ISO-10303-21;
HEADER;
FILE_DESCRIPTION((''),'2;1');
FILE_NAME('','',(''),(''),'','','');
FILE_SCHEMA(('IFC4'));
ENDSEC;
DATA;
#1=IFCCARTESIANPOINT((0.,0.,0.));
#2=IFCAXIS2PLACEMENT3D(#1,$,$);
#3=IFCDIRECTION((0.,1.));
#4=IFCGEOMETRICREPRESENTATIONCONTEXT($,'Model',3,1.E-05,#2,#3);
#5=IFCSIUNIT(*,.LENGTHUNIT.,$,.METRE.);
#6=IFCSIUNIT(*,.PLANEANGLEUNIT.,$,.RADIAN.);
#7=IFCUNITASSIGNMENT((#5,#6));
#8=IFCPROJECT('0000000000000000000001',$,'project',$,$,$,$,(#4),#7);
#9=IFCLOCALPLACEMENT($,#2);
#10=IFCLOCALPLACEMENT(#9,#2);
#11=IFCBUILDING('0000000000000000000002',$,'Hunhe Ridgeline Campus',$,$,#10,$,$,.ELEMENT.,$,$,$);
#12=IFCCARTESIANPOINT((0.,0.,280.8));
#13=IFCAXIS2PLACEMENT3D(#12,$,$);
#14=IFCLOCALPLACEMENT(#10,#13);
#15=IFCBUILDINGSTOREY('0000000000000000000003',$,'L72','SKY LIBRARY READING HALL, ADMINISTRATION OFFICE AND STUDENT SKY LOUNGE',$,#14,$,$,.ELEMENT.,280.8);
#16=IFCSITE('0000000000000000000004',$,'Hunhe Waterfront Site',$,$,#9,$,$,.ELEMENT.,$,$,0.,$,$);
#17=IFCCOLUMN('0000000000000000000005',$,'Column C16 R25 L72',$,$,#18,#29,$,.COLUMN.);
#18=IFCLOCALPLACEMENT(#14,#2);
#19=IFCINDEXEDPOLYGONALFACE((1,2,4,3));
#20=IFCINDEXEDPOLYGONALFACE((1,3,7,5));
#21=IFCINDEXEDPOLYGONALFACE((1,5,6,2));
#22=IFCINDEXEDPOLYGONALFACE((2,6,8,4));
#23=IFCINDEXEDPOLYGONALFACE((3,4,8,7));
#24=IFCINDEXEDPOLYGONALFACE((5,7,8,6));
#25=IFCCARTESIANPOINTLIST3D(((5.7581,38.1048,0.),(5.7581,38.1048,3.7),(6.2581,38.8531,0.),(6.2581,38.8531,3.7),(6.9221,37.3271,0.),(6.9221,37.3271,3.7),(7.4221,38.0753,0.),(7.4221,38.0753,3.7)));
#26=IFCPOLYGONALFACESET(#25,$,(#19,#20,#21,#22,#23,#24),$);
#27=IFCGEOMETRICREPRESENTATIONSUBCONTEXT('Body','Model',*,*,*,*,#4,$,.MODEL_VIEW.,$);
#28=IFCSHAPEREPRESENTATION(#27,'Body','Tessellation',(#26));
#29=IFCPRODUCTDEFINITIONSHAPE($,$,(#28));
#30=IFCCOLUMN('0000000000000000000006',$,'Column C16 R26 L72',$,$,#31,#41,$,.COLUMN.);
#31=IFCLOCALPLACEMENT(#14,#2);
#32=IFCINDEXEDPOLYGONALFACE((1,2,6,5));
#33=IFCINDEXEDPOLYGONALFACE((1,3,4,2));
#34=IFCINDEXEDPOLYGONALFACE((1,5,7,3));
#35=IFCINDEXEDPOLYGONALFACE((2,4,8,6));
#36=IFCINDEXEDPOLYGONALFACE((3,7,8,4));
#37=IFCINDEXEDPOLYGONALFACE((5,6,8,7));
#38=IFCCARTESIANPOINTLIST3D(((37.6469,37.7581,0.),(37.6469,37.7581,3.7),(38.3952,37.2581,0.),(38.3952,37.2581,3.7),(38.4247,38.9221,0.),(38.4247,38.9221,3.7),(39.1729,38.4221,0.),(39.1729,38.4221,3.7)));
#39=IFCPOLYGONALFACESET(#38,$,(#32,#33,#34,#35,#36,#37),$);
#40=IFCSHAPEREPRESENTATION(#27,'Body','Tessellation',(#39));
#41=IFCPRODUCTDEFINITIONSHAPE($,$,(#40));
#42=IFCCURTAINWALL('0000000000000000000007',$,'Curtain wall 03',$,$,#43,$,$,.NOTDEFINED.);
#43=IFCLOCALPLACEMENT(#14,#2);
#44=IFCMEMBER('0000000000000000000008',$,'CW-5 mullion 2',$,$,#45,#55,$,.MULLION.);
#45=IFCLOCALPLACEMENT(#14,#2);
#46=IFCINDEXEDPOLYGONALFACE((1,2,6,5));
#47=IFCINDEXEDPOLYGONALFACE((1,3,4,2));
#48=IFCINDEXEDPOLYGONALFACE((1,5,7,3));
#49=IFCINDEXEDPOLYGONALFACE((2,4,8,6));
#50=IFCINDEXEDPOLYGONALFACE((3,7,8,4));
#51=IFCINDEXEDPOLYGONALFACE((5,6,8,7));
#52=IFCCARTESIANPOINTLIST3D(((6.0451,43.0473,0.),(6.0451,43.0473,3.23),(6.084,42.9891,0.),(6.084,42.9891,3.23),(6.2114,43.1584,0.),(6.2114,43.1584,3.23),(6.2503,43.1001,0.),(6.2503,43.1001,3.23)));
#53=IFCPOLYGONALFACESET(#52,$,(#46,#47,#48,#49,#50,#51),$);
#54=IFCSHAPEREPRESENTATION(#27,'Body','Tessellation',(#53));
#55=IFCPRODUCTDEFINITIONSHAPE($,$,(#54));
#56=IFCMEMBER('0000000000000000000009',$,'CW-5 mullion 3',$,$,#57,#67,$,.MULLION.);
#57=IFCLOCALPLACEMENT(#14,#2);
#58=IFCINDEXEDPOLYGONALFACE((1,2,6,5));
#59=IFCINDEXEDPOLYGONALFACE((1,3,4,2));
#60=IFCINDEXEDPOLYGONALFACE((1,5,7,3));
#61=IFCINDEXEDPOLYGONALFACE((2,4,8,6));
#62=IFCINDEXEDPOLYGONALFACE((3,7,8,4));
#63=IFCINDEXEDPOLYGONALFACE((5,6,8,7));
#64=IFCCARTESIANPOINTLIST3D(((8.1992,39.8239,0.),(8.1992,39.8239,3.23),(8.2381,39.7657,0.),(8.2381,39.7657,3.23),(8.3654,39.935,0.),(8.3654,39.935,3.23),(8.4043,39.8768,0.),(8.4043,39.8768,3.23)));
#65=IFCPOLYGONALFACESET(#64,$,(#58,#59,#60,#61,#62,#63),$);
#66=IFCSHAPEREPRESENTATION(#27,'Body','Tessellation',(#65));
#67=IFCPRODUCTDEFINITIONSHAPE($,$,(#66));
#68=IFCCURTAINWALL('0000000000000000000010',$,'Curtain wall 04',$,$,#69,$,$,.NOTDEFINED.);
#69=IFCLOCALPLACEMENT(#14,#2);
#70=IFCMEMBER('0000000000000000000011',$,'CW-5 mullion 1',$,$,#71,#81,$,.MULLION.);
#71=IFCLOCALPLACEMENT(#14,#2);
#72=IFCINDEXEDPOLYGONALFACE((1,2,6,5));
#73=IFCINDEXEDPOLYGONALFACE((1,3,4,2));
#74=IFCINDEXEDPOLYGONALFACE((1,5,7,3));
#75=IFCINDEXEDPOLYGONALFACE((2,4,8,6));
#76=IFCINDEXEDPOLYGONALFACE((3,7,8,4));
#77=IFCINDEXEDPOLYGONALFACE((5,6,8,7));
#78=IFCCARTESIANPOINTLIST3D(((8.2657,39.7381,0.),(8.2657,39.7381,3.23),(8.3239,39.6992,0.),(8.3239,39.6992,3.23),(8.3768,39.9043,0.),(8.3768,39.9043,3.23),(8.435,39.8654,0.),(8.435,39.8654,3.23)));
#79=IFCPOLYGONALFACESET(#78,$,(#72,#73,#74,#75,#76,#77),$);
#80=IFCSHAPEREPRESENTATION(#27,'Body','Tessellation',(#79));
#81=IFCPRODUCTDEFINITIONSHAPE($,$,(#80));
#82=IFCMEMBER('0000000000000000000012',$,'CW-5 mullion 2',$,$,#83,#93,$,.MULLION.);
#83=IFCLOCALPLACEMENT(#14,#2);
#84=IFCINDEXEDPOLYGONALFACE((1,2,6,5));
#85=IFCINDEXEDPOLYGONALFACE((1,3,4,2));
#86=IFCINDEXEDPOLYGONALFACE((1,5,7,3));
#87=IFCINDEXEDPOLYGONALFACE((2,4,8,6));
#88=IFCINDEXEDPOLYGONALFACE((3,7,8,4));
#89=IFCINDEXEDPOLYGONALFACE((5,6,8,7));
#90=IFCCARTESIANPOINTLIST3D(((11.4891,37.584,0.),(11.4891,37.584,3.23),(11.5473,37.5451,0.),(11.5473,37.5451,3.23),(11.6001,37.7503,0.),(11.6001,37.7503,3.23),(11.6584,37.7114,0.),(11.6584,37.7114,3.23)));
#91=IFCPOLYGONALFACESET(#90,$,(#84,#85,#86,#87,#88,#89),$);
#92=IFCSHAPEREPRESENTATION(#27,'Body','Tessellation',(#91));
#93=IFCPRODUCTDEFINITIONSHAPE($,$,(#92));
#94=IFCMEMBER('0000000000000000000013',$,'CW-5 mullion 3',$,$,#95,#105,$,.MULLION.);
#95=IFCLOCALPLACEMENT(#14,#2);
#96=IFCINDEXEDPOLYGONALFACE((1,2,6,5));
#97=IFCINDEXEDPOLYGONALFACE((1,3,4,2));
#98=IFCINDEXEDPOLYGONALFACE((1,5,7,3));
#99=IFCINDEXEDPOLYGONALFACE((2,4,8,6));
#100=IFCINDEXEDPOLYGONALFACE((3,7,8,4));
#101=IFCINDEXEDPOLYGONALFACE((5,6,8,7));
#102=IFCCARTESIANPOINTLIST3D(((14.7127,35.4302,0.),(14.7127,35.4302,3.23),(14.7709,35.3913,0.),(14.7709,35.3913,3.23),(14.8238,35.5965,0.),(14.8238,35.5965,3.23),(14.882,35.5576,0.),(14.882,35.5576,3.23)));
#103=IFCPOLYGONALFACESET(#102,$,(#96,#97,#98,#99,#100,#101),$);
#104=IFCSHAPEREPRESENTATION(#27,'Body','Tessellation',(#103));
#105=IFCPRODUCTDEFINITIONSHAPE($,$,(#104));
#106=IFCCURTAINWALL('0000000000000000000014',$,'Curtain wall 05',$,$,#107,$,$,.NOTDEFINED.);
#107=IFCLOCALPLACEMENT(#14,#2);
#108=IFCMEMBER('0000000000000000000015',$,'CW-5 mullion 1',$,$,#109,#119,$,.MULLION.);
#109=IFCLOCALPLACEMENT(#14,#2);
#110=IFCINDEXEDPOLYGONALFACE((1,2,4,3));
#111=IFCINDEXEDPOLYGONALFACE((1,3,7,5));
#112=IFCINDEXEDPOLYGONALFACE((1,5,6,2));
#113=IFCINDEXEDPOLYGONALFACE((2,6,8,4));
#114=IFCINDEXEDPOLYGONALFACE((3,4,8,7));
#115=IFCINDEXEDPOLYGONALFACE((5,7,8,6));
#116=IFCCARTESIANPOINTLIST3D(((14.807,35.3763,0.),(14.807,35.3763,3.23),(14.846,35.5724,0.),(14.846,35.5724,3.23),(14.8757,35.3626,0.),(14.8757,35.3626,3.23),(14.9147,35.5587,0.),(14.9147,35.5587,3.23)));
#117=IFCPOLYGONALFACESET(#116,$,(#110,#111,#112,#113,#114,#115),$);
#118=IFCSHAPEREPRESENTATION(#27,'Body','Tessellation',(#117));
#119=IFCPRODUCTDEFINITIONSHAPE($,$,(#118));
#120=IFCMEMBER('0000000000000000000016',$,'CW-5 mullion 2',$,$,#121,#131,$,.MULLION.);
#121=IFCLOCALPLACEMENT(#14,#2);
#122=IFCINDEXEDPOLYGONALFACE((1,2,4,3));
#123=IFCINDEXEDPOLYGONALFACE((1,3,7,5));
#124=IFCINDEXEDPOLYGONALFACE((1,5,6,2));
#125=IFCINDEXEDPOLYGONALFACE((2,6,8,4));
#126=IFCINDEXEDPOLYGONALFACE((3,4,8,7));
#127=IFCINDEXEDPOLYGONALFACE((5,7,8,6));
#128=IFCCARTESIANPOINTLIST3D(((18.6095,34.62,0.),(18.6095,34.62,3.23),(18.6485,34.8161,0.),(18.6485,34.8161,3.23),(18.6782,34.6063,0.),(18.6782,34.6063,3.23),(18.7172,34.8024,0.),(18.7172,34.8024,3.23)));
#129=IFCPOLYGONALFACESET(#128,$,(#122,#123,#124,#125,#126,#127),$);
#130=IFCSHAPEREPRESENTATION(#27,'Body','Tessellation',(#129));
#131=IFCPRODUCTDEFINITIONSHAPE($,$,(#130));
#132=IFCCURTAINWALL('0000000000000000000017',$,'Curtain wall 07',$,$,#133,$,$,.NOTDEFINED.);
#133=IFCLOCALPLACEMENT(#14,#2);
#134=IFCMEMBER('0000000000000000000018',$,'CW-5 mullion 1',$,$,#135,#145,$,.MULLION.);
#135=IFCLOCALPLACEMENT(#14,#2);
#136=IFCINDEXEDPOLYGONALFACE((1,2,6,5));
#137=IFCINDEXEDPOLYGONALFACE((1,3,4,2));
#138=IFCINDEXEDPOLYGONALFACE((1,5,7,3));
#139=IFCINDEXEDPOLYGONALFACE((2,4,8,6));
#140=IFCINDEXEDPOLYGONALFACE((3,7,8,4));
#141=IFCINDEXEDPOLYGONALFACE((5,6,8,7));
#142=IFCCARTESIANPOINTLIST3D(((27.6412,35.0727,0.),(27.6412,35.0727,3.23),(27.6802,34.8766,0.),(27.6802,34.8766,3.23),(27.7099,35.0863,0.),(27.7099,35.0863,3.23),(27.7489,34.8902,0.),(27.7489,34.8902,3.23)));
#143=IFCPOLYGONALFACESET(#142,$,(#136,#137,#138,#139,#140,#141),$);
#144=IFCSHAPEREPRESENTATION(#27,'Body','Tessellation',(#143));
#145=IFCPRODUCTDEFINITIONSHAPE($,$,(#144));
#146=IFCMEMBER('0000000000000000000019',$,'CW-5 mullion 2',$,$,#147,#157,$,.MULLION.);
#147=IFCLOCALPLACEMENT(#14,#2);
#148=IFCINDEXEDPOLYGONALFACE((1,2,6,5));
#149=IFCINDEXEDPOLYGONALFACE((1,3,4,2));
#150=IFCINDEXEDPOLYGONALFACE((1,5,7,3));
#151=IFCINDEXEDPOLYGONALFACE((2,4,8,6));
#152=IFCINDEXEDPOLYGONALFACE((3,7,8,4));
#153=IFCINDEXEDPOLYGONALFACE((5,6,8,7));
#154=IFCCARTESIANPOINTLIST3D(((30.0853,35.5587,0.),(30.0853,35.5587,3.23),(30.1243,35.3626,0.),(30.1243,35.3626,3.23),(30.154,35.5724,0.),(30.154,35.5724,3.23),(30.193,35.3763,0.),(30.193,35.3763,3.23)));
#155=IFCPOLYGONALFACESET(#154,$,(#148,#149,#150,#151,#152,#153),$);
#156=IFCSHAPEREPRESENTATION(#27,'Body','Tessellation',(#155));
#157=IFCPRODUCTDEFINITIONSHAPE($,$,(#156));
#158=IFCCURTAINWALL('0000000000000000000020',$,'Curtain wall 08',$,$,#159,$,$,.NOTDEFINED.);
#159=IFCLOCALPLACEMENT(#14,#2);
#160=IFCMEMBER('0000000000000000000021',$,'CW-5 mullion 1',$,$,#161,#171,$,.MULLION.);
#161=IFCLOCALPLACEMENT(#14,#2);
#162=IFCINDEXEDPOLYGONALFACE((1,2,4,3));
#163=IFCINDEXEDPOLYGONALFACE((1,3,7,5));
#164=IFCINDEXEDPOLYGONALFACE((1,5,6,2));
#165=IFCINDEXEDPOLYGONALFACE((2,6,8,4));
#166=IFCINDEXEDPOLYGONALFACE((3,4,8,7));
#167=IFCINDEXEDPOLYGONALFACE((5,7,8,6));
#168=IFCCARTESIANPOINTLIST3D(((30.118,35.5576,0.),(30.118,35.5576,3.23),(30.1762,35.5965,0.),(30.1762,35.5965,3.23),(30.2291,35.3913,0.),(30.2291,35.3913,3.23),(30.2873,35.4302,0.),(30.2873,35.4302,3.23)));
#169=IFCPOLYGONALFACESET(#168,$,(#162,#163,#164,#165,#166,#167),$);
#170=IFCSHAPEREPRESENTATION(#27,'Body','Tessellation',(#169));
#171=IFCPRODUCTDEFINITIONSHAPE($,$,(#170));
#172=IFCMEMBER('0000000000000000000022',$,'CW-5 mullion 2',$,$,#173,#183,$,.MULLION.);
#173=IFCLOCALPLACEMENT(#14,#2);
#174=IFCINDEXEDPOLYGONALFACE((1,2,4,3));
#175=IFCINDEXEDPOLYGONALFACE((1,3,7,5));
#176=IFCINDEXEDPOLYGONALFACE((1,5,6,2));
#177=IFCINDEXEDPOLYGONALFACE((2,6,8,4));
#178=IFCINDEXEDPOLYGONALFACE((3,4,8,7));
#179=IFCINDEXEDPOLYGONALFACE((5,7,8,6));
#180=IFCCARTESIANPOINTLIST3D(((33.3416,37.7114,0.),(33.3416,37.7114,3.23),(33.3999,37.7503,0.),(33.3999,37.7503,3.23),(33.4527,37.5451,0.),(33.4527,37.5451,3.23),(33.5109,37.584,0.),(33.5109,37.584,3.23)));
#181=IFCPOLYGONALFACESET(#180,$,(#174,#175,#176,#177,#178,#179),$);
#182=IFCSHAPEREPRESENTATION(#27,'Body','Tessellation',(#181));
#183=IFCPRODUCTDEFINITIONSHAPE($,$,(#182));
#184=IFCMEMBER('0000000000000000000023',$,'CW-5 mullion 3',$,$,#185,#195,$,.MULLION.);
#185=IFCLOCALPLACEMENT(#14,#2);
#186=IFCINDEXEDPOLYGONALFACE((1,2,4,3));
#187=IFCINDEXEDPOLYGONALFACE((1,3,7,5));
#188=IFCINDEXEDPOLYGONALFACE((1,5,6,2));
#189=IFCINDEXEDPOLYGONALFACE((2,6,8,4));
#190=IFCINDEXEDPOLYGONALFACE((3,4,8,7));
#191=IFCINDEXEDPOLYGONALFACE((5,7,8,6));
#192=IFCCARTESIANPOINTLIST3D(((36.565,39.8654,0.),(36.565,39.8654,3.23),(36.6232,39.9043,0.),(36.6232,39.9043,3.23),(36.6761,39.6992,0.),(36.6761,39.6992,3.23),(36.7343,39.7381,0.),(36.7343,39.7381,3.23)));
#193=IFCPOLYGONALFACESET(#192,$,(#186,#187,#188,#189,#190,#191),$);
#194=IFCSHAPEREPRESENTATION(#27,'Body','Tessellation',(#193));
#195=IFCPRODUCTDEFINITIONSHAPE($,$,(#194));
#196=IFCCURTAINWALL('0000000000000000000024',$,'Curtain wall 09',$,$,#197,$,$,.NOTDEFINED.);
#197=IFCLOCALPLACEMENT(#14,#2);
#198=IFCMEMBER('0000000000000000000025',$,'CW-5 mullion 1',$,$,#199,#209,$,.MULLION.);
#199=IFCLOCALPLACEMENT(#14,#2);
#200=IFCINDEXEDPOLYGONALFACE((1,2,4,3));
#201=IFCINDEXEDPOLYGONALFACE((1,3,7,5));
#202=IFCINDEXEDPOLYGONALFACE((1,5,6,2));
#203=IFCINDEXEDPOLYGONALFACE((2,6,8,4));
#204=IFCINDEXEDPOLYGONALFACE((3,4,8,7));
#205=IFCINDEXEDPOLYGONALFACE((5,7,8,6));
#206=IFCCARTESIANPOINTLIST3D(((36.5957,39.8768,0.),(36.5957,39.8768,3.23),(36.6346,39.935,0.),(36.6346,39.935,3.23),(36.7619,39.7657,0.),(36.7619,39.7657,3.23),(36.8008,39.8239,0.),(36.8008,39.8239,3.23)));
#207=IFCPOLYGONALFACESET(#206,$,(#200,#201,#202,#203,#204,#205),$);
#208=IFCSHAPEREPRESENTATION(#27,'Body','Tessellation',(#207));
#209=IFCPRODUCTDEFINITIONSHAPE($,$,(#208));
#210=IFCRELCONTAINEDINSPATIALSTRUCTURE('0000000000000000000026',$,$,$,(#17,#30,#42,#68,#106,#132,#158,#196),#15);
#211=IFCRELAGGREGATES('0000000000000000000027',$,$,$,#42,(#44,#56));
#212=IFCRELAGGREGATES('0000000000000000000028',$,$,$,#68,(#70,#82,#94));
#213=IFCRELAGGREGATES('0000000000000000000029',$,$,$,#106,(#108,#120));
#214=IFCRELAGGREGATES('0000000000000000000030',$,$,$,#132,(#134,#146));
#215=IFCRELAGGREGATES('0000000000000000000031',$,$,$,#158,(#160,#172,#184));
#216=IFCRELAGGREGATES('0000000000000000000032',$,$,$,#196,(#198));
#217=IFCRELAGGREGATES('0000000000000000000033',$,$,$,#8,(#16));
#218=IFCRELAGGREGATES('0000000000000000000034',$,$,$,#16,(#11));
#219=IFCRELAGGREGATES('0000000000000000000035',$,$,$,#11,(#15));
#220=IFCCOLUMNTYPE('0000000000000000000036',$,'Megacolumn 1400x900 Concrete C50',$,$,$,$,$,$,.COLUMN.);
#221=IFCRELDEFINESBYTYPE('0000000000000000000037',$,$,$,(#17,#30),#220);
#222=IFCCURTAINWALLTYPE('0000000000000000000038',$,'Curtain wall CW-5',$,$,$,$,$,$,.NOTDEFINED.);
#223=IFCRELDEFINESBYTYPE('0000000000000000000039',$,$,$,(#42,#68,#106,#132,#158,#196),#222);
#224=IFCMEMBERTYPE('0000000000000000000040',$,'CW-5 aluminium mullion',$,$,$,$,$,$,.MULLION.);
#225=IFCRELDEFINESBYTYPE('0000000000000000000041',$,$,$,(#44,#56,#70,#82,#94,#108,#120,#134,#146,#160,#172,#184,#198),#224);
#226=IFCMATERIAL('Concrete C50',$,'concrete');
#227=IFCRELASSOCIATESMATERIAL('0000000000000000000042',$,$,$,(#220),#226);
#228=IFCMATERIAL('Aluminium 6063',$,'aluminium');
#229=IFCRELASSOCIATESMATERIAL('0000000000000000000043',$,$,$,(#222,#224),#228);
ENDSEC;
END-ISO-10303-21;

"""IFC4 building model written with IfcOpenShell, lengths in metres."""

from ifc_helpers import new_model, si_unit, direction, frame, origin, origin_2d, place, context, subcontext, project, spatial, rectangle, extrude, material, material_profile, profile_set, type_object, element, aggregate, save


model = new_model("IFC4")

# Units and contexts
model_context = context("Model", 3, precision=1e-05, world=origin(), true_north=direction((0.0, 1.0)))
body_context = subcontext(model_context, "Body", "Model", "MODEL_VIEW")
ifc_project = project(units=[si_unit("LENGTHUNIT", "METRE"), si_unit("PLANEANGLEUNIT", "RADIAN")], contexts=[model_context])

# Site, building, storey
site_placement = place(None, origin())
site = spatial("IfcSite", under=ifc_project, at=site_placement, Name="Hunhe Waterfront Site", CompositionType="ELEMENT", RefElevation=0.0)
building_placement = place(site_placement, origin())
building = spatial("IfcBuilding", under=site, at=building_placement, Name="Hunhe Ridgeline Campus", CompositionType="ELEMENT")
storey_placement = place(building_placement, frame((0.0, 0.0, 280.8)))
storey = spatial("IfcBuildingStorey", under=building, at=storey_placement, Name="L72", Description="SKY LIBRARY READING HALL, ADMINISTRATION OFFICE AND STUDENT SKY LOUNGE", CompositionType="ELEMENT", Elevation=280.8)

# Columns
ifc_material_1 = material(Name="Concrete C50", Category="concrete")
ifc_material_profile_1 = material_profile(ifc_material_1, rectangle(XDim=1.3999, YDim=0.8999, at=origin_2d()))
ifc_profile_set_1 = profile_set([ifc_material_profile_1], Name="Concrete C50")
column_type = type_object("IfcColumnType", Name="Megacolumn 1400x900 Concrete C50", PredefinedType="COLUMN", material=ifc_profile_set_1)
for number, where, z_axis, x_axis, name in (
    (1, (6.5901, 38.0901, 0.0), (0.0, 0.0, 1.0), (-0.83147, 0.55557, 0.0), "Column C16 R25 L72"),
    (2, (38.4099, 38.0901, 0.0), (0.0, 0.0, 1.0), (0.55557, 0.83147, 0.0), "Column C16 R26 L72"),
):
    element("IfcColumn", number, at=place(storey_placement, frame(where, z_axis=z_axis, x_axis=x_axis)), inside=storey, type_object=column_type, Name=name, PredefinedType="COLUMN", context=body_context, shape_type="SweptSolid", body=[
        extrude(rectangle(XDim=1.3999, YDim=0.8999, at=origin_2d()), origin(), (0.0, 0.0, 1.0), 3.7),
    ])

# Curtain walls, members
ifc_material_2 = material(Name="Aluminium 6063", Category="aluminium")
curtain_wall_type = type_object("IfcCurtainWallType", Name="Curtain wall CW-5", PredefinedType="NOTDEFINED", material=ifc_material_2)
curtain_wall_1_placement = place(storey_placement, origin())
curtain_wall_1 = element("IfcCurtainWall", 3, at=curtain_wall_1_placement, inside=storey, type_object=curtain_wall_type, Name="Curtain wall 03", PredefinedType="NOTDEFINED")
ifc_material_profile_2 = material_profile(ifc_material_2, rectangle(XDim=0.2, YDim=0.0701, at=origin_2d()))
ifc_profile_set_2 = profile_set([ifc_material_profile_2], Name="Aluminium 6063")
member_type_1 = type_object("IfcMemberType", Name="CW-5 aluminium mullion", PredefinedType="MULLION", material=ifc_profile_set_2)
member_1_placement = place(storey_placement, frame((6.1477, 43.0737, 0.0), z_axis=(0.0, 0.0, 1.0), x_axis=(0.83147, 0.55557, 0.0)))
member_1 = element("IfcMember", 4, at=member_1_placement, type_object=member_type_1, Name="CW-5 mullion 2", PredefinedType="MULLION", context=body_context, shape_type="SweptSolid", body=[
    extrude(rectangle(XDim=0.2, YDim=0.0701, at=origin_2d()), origin(), (0.0, 0.0, 1.0), 3.23),
])
member_2_placement = place(storey_placement, frame((8.3018, 39.8503, 0.0), z_axis=(0.0, 0.0, 1.0), x_axis=(0.83147, 0.55557, 0.0)))
member_2 = element("IfcMember", 5, at=member_2_placement, type_object=member_type_1, Name="CW-5 mullion 3", PredefinedType="MULLION", context=body_context, shape_type="SweptSolid", body=[
    extrude(rectangle(XDim=0.2, YDim=0.0701, at=origin_2d()), origin(), (0.0, 0.0, 1.0), 3.23),
])
curtain_wall_2_placement = place(storey_placement, origin())
curtain_wall_2 = element("IfcCurtainWall", 6, at=curtain_wall_2_placement, inside=storey, type_object=curtain_wall_type, Name="Curtain wall 04", PredefinedType="NOTDEFINED")
member_3_placement = place(storey_placement, frame((8.3503, 39.8018, 0.0), z_axis=(0.0, 0.0, 1.0), x_axis=(0.55557, 0.83147, 0.0)))
member_3 = element("IfcMember", 7, at=member_3_placement, type_object=member_type_1, Name="CW-5 mullion 1", PredefinedType="MULLION", context=body_context, shape_type="SweptSolid", body=[
    extrude(rectangle(XDim=0.2, YDim=0.0701, at=origin_2d()), origin(), (0.0, 0.0, 1.0), 3.23),
])
member_4_placement = place(storey_placement, frame((11.5737, 37.6477, 0.0), z_axis=(0.0, 0.0, 1.0), x_axis=(0.55557, 0.83147, 0.0)))
member_4 = element("IfcMember", 8, at=member_4_placement, type_object=member_type_1, Name="CW-5 mullion 2", PredefinedType="MULLION", context=body_context, shape_type="SweptSolid", body=[
    extrude(rectangle(XDim=0.2, YDim=0.0701, at=origin_2d()), origin(), (0.0, 0.0, 1.0), 3.23),
])
member_5_placement = place(storey_placement, frame((14.7974, 35.4939, 0.0), z_axis=(0.0, 0.0, 1.0), x_axis=(0.55557, 0.83147, 0.0)))
member_5 = element("IfcMember", 9, at=member_5_placement, type_object=member_type_1, Name="CW-5 mullion 3", PredefinedType="MULLION", context=body_context, shape_type="SweptSolid", body=[
    extrude(rectangle(XDim=0.2, YDim=0.0701, at=origin_2d()), origin(), (0.0, 0.0, 1.0), 3.23),
])
curtain_wall_3_placement = place(storey_placement, origin())
curtain_wall_3 = element("IfcCurtainWall", 10, at=curtain_wall_3_placement, inside=storey, type_object=curtain_wall_type, Name="Curtain wall 05", PredefinedType="NOTDEFINED")
member_6_placement = place(storey_placement, frame((14.8608, 35.4675, 0.0), z_axis=(0.0, 0.0, 1.0), x_axis=(0.19509, 0.980785, 0.0)))
member_6 = element("IfcMember", 11, at=member_6_placement, type_object=member_type_1, Name="CW-5 mullion 1", PredefinedType="MULLION", context=body_context, shape_type="SweptSolid", body=[
    extrude(rectangle(XDim=0.2, YDim=0.0701, at=origin_2d()), origin(), (0.0, 0.0, 1.0), 3.23),
])
member_7_placement = place(storey_placement, frame((18.6633, 34.7112, 0.0), z_axis=(0.0, 0.0, 1.0), x_axis=(0.19509, 0.980785, 0.0)))
member_7 = element("IfcMember", 12, at=member_7_placement, type_object=member_type_1, Name="CW-5 mullion 2", PredefinedType="MULLION", context=body_context, shape_type="SweptSolid", body=[
    extrude(rectangle(XDim=0.2, YDim=0.0701, at=origin_2d()), origin(), (0.0, 0.0, 1.0), 3.23),
])
curtain_wall_4_placement = place(storey_placement, origin())
curtain_wall_4 = element("IfcCurtainWall", 13, at=curtain_wall_4_placement, inside=storey, type_object=curtain_wall_type, Name="Curtain wall 07", PredefinedType="NOTDEFINED")
member_8_placement = place(storey_placement, frame((27.6951, 34.9814, 0.0), z_axis=(0.0, 0.0, 1.0), x_axis=(-0.195091, 0.980785, 0.0)))
member_8 = element("IfcMember", 14, at=member_8_placement, type_object=member_type_1, Name="CW-5 mullion 1", PredefinedType="MULLION", context=body_context, shape_type="SweptSolid", body=[
    extrude(rectangle(XDim=0.2, YDim=0.0701, at=origin_2d()), origin(), (0.0, 0.0, 1.0), 3.23),
])
member_9_placement = place(storey_placement, frame((30.1392, 35.4675, 0.0), z_axis=(0.0, 0.0, 1.0), x_axis=(-0.195091, 0.980785, 0.0)))
member_9 = element("IfcMember", 15, at=member_9_placement, type_object=member_type_1, Name="CW-5 mullion 2", PredefinedType="MULLION", context=body_context, shape_type="SweptSolid", body=[
    extrude(rectangle(XDim=0.2, YDim=0.0701, at=origin_2d()), origin(), (0.0, 0.0, 1.0), 3.23),
])
curtain_wall_5_placement = place(storey_placement, origin())
curtain_wall_5 = element("IfcCurtainWall", 16, at=curtain_wall_5_placement, inside=storey, type_object=curtain_wall_type, Name="Curtain wall 08", PredefinedType="NOTDEFINED")
member_10_placement = place(storey_placement, frame((30.2026, 35.4939, 0.0), z_axis=(0.0, 0.0, 1.0), x_axis=(-0.55557, 0.83147, 0.0)))
member_10 = element("IfcMember", 17, at=member_10_placement, type_object=member_type_1, Name="CW-5 mullion 1", PredefinedType="MULLION", context=body_context, shape_type="SweptSolid", body=[
    extrude(rectangle(XDim=0.2, YDim=0.0701, at=origin_2d()), origin(), (0.0, 0.0, 1.0), 3.23),
])
member_11_placement = place(storey_placement, frame((33.4263, 37.6477, 0.0), z_axis=(0.0, 0.0, 1.0), x_axis=(-0.55557, 0.83147, 0.0)))
member_11 = element("IfcMember", 18, at=member_11_placement, type_object=member_type_1, Name="CW-5 mullion 2", PredefinedType="MULLION", context=body_context, shape_type="SweptSolid", body=[
    extrude(rectangle(XDim=0.2, YDim=0.0701, at=origin_2d()), origin(), (0.0, 0.0, 1.0), 3.23),
])
member_12_placement = place(storey_placement, frame((36.6497, 39.8018, 0.0), z_axis=(0.0, 0.0, 1.0), x_axis=(-0.55557, 0.83147, 0.0)))
member_12 = element("IfcMember", 19, at=member_12_placement, type_object=member_type_1, Name="CW-5 mullion 3", PredefinedType="MULLION", context=body_context, shape_type="SweptSolid", body=[
    extrude(rectangle(XDim=0.2, YDim=0.0701, at=origin_2d()), origin(), (0.0, 0.0, 1.0), 3.23),
])

# Curtain wall, member
curtain_wall_6_placement = place(storey_placement, origin())
curtain_wall_6 = element("IfcCurtainWall", 20, at=curtain_wall_6_placement, inside=storey, type_object=curtain_wall_type, Name="Curtain wall 09", PredefinedType="NOTDEFINED")
member_13_placement = place(storey_placement, frame((36.6982, 39.8503, 0.0), z_axis=(0.0, 0.0, 1.0), x_axis=(-0.83147, 0.55557, 0.0)))
member_13 = element("IfcMember", 21, at=member_13_placement, type_object=member_type_1, Name="CW-5 mullion 1", PredefinedType="MULLION", context=body_context, shape_type="SweptSolid", body=[
    extrude(rectangle(XDim=0.2, YDim=0.0701, at=origin_2d()), origin(), (0.0, 0.0, 1.0), 3.23),
])

aggregate(curtain_wall_1, [member_1, member_2])
aggregate(curtain_wall_2, [member_3, member_4, member_5])
aggregate(curtain_wall_3, [member_6, member_7])
aggregate(curtain_wall_4, [member_8, member_9])
aggregate(curtain_wall_5, [member_10, member_11, member_12])
aggregate(curtain_wall_6, [member_13])

save(model, "model.ifc")
